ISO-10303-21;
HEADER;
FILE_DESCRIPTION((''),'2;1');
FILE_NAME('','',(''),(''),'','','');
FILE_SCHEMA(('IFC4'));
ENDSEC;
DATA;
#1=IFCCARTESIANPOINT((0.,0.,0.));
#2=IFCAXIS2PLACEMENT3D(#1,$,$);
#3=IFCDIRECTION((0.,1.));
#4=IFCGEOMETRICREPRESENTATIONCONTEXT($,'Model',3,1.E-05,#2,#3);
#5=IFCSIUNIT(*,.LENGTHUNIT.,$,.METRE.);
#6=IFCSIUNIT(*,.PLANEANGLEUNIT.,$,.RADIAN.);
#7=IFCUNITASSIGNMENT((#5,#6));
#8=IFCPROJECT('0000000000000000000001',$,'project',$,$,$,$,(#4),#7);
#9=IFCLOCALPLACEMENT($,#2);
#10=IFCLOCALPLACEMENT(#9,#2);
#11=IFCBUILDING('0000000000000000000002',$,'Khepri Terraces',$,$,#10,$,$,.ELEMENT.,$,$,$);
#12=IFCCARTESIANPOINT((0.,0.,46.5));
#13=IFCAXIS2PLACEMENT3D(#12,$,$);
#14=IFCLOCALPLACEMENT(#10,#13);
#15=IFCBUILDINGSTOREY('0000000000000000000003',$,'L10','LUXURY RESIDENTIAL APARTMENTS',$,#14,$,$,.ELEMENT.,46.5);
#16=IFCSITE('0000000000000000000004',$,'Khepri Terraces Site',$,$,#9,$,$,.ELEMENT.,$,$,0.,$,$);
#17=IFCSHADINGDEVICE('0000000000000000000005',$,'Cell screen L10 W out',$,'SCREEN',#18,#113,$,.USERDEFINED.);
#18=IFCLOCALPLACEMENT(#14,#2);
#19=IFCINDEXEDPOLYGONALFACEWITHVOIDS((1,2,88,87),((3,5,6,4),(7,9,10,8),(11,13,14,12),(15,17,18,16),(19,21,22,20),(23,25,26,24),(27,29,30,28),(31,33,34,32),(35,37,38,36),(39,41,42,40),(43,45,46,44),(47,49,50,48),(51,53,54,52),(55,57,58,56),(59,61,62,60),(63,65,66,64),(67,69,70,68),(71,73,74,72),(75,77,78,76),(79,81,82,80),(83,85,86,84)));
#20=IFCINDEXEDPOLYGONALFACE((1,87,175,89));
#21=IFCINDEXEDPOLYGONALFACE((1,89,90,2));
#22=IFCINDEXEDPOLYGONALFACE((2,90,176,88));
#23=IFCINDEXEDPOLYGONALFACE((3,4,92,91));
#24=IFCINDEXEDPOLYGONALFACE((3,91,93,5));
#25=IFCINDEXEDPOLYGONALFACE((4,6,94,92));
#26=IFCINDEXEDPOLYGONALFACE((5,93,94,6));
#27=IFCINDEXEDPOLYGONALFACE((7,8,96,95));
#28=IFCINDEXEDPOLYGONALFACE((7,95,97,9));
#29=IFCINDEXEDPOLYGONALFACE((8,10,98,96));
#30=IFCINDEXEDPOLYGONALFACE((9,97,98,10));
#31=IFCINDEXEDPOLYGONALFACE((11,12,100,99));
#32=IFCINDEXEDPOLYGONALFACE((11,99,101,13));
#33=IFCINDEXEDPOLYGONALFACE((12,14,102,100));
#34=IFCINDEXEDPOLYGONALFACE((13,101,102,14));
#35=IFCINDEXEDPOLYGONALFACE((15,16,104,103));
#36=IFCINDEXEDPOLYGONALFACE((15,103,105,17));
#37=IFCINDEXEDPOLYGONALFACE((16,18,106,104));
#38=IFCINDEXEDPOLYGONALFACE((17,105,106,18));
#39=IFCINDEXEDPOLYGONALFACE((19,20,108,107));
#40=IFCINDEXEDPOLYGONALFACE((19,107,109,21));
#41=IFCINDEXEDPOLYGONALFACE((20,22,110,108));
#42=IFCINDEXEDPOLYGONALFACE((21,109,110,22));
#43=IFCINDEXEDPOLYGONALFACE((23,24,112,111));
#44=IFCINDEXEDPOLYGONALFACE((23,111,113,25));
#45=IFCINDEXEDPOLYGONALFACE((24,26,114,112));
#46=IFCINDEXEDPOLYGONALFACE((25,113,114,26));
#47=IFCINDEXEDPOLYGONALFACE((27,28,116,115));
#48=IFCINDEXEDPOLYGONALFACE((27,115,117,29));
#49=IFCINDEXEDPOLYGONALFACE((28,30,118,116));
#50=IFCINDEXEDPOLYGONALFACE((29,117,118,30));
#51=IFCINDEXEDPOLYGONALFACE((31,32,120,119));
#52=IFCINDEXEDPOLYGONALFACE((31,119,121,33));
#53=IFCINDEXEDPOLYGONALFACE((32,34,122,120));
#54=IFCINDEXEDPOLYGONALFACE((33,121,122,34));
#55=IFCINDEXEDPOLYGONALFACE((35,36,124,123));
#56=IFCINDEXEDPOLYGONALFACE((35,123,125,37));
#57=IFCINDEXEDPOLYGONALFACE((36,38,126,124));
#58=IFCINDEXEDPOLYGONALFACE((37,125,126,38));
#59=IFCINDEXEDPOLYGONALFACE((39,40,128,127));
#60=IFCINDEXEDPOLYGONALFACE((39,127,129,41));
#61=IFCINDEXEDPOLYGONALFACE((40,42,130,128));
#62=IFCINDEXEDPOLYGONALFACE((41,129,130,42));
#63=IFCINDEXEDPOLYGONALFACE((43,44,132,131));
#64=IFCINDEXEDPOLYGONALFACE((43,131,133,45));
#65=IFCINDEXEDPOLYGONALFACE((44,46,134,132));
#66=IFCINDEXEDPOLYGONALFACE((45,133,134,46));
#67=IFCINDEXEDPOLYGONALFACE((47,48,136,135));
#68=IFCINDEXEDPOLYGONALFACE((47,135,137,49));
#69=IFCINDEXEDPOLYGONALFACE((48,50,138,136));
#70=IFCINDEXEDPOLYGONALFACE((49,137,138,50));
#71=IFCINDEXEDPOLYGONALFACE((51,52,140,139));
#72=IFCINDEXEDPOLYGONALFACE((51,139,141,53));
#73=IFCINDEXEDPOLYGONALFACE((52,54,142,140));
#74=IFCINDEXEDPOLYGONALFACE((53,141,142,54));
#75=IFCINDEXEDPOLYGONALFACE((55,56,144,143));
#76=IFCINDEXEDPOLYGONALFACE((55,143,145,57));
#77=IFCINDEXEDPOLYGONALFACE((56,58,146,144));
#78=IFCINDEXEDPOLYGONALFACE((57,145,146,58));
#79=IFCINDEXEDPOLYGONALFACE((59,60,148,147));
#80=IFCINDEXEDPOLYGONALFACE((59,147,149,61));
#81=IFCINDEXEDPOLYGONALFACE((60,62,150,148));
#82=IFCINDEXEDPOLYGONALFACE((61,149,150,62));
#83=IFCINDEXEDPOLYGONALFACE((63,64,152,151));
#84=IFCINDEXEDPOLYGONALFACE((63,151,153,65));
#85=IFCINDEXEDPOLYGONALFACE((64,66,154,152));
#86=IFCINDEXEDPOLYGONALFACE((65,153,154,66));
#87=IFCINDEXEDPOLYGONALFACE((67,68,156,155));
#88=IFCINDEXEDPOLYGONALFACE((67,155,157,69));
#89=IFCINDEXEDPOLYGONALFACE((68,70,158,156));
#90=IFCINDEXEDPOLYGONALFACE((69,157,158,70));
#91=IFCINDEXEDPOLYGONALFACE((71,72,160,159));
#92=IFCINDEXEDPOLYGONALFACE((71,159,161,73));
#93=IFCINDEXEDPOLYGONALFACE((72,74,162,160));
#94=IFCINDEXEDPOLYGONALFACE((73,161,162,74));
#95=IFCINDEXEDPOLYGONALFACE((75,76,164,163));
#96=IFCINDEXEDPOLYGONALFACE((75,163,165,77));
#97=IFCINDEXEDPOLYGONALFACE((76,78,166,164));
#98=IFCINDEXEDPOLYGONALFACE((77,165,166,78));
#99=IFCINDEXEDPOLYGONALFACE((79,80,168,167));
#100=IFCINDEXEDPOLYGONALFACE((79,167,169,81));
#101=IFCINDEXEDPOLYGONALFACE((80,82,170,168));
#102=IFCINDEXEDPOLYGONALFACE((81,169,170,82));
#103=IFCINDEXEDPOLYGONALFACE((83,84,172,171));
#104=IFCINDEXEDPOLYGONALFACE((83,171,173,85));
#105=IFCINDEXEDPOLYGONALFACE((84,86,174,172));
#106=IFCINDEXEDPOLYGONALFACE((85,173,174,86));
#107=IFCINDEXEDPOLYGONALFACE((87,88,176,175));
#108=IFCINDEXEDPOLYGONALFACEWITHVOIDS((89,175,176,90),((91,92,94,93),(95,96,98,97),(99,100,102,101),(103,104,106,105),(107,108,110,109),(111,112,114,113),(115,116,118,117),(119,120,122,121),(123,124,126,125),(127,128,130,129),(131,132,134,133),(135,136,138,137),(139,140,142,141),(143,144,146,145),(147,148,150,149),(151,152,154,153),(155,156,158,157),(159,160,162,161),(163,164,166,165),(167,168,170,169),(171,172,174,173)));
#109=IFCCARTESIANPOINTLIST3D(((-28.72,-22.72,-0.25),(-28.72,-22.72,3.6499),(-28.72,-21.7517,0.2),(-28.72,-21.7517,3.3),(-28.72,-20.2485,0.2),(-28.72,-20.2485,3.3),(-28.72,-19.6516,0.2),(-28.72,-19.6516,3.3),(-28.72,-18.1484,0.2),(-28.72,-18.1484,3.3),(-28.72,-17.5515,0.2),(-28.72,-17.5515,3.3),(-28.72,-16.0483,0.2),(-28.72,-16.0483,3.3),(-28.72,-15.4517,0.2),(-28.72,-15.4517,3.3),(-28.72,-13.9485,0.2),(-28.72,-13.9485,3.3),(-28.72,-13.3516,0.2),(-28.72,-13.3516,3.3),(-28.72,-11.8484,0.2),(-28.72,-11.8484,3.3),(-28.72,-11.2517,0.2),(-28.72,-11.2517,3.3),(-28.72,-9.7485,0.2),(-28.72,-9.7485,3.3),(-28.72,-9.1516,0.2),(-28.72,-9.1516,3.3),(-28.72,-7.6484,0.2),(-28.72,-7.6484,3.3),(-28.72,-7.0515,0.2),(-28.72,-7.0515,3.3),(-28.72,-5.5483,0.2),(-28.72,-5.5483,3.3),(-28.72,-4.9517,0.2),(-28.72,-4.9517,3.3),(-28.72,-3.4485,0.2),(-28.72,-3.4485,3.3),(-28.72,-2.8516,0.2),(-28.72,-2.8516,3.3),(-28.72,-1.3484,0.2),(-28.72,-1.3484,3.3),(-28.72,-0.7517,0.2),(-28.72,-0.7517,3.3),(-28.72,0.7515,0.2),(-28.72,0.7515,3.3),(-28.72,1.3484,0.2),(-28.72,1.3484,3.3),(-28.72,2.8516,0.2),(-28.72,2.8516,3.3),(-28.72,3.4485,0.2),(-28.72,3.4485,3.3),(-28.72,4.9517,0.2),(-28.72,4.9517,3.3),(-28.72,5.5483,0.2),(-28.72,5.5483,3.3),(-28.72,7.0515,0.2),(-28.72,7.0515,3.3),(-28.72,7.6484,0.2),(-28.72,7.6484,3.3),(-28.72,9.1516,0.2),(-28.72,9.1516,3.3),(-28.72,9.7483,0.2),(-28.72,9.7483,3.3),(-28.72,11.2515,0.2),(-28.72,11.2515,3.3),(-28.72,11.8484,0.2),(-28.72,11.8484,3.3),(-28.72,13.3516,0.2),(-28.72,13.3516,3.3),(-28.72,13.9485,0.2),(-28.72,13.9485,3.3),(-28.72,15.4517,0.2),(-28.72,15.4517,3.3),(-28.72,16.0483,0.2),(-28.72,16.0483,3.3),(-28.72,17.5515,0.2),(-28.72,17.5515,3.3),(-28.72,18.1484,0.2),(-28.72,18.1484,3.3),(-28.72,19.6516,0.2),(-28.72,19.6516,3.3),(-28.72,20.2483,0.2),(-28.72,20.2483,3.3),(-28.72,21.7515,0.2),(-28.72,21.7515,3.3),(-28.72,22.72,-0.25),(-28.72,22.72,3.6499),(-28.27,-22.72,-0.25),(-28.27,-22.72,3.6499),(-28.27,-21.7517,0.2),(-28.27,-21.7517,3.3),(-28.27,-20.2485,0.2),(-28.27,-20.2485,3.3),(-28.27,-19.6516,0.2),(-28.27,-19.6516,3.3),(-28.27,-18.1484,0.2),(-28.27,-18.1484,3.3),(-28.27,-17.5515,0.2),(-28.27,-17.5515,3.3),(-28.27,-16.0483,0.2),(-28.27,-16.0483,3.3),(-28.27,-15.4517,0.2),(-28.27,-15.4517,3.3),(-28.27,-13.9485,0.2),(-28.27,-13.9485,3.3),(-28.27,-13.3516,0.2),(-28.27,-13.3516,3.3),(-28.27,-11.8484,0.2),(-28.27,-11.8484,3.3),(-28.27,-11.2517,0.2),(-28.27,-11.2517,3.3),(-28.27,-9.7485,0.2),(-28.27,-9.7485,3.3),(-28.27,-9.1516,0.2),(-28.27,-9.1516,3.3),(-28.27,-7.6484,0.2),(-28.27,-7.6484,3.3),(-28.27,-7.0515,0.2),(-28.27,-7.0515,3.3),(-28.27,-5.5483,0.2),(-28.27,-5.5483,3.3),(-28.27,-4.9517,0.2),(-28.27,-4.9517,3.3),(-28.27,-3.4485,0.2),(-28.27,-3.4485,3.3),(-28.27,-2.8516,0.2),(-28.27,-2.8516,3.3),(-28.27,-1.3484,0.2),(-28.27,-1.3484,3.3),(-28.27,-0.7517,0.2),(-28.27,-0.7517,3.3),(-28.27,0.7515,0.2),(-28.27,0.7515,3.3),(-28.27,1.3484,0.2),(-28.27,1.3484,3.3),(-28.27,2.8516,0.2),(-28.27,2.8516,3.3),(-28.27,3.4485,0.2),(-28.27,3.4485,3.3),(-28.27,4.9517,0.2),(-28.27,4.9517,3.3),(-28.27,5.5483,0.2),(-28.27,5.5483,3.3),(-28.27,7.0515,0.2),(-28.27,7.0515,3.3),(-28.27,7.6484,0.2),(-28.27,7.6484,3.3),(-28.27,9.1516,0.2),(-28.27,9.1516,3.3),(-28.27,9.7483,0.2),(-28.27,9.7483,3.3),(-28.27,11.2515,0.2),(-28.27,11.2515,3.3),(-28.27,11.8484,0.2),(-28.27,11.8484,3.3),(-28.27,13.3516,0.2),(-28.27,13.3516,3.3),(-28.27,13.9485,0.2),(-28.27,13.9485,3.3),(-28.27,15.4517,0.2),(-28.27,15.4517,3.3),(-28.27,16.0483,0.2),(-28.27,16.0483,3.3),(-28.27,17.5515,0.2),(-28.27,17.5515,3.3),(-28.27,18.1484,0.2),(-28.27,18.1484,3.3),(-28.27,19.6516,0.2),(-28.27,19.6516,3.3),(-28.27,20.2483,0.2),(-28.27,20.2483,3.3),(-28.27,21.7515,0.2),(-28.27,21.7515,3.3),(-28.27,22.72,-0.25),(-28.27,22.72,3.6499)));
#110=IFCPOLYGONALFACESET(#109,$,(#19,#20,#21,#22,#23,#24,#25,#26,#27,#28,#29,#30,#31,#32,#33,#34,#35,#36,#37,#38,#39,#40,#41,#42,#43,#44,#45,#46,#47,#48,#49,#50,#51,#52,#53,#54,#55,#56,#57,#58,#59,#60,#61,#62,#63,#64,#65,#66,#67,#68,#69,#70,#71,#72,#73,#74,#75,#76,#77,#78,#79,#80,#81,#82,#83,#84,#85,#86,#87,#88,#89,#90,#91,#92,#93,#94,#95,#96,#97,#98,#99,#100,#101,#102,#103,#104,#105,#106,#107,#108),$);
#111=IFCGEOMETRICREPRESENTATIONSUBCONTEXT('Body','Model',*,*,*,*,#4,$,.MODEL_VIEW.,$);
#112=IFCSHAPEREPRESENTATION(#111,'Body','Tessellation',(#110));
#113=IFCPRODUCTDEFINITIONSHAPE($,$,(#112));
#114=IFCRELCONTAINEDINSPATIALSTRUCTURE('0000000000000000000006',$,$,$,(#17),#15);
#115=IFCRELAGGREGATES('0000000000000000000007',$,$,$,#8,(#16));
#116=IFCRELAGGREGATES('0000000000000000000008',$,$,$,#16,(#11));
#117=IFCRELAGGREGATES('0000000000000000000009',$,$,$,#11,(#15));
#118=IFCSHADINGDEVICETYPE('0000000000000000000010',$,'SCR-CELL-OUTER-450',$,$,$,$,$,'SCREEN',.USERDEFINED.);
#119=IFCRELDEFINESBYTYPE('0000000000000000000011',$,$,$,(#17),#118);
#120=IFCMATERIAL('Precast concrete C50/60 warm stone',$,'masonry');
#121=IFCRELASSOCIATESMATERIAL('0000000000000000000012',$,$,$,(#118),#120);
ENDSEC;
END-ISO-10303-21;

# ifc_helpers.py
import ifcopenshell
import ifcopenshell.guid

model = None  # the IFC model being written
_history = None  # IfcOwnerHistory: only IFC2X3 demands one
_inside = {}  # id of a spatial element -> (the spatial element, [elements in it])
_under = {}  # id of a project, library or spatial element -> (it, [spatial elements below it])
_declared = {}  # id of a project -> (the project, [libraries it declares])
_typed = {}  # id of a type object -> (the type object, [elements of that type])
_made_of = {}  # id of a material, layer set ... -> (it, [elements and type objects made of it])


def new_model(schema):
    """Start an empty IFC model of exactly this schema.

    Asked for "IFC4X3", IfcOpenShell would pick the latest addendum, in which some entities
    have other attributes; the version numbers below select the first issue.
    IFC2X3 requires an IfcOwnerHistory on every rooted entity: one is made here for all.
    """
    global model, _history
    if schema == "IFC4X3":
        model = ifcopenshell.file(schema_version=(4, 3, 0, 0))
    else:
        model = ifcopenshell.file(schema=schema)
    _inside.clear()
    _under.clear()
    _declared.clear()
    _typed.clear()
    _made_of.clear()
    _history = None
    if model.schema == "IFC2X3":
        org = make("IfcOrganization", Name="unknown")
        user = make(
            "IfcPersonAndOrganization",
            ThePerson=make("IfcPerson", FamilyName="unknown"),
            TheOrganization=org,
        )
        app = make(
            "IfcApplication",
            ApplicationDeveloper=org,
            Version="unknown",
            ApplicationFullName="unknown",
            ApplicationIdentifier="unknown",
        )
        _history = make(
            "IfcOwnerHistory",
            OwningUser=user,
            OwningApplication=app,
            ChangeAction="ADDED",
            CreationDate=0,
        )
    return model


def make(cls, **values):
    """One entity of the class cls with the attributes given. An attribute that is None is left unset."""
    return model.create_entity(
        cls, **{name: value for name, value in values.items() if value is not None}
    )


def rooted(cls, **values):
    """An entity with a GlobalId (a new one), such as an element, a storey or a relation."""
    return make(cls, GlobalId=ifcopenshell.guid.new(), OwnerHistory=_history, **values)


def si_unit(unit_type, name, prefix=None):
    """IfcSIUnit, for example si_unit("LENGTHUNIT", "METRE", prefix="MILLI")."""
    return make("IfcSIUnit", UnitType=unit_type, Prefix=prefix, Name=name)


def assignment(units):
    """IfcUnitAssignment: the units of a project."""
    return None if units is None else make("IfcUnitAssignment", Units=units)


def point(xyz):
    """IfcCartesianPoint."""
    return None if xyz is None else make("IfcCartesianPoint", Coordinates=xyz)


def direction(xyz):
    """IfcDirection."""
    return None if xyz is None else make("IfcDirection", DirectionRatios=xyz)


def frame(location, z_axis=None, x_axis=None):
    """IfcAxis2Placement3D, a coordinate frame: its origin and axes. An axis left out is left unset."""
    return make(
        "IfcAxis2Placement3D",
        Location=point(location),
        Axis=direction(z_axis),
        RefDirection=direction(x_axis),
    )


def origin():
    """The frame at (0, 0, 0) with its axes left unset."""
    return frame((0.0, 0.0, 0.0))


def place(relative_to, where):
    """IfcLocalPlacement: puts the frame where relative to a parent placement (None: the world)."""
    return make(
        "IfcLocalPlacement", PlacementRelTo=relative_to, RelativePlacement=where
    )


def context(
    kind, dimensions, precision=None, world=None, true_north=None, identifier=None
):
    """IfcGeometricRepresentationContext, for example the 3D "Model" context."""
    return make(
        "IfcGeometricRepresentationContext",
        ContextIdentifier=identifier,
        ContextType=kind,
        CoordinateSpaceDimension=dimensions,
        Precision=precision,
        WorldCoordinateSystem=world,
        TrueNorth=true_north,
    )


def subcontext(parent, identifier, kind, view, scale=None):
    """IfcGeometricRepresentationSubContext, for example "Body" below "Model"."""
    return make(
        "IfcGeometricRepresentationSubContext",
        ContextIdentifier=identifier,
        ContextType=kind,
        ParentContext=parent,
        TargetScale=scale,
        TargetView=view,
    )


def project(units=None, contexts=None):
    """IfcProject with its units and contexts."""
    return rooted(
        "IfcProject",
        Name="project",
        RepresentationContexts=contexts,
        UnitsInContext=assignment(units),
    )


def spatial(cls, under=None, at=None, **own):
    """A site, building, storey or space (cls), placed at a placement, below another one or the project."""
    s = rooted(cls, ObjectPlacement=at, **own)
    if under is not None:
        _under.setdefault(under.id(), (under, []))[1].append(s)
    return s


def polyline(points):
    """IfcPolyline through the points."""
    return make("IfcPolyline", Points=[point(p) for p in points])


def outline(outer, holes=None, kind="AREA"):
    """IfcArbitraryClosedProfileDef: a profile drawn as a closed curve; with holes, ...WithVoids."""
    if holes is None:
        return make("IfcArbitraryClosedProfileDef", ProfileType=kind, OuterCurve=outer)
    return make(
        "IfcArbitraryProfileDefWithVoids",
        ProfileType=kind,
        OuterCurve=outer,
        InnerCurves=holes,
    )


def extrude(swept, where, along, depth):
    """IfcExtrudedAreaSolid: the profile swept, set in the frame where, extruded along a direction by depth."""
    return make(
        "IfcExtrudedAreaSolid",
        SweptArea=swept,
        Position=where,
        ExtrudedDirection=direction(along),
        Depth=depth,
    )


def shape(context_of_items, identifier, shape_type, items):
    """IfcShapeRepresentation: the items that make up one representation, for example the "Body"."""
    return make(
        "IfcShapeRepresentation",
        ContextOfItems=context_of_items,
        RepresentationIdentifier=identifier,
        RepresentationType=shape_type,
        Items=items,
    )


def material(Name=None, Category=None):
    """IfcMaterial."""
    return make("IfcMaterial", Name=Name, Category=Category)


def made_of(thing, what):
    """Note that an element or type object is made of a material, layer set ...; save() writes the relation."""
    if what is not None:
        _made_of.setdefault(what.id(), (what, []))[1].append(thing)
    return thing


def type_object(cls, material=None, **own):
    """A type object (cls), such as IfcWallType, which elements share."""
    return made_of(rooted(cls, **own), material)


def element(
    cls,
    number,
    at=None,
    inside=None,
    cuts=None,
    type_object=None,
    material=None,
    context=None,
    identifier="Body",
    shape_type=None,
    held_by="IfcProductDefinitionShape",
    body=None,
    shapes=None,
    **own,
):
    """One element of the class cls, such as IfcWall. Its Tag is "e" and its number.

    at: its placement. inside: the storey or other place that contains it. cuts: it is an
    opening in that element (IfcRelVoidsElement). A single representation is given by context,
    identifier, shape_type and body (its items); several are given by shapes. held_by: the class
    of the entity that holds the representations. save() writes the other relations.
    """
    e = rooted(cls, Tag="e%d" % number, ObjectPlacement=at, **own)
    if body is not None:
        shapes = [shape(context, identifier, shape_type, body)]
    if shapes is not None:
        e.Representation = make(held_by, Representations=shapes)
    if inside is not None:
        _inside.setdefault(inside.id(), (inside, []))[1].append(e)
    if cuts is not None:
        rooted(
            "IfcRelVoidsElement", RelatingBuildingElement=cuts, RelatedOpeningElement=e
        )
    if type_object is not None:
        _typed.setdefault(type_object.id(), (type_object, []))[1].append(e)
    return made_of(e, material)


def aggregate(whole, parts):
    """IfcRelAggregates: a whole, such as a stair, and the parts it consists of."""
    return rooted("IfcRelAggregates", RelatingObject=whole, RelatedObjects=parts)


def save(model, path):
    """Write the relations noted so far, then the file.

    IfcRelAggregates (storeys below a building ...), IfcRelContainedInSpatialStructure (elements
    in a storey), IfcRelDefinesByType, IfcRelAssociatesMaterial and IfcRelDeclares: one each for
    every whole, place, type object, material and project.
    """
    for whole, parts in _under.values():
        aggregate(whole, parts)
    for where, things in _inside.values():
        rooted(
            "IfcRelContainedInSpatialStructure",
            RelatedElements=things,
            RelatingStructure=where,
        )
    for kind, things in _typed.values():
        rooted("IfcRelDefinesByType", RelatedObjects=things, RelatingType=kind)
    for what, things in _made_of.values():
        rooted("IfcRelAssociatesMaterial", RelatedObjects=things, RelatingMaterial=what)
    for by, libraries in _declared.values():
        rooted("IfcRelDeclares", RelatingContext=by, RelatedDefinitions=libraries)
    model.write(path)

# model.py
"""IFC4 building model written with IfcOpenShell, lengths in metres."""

from ifc_helpers import new_model, si_unit, direction, frame, origin, place, context, subcontext, project, spatial, polyline, outline, extrude, material, type_object, element, save


model = new_model("IFC4")

# Units and contexts
model_context = context("Model", 3, precision=1e-05, world=origin(), true_north=direction((0.0, 1.0)))
body_context = subcontext(model_context, "Body", "Model", "MODEL_VIEW")
ifc_project = project(units=[si_unit("LENGTHUNIT", "METRE"), si_unit("PLANEANGLEUNIT", "RADIAN")], contexts=[model_context])

# Site, building, storey
site_placement = place(None, origin())
site = spatial("IfcSite", under=ifc_project, at=site_placement, Name="Khepri Terraces Site", CompositionType="ELEMENT", RefElevation=0.0)
building_placement = place(site_placement, origin())
building = spatial("IfcBuilding", under=site, at=building_placement, Name="Khepri Terraces", CompositionType="ELEMENT")
storey_placement = place(building_placement, frame((0.0, 0.0, 46.5)))
storey = spatial("IfcBuildingStorey", under=building, at=storey_placement, Name="L10", Description="LUXURY RESIDENTIAL APARTMENTS", CompositionType="ELEMENT", Elevation=46.5)

# Shared definitions
ifc_material_1 = material(Name="Precast concrete C50/60 warm stone", Category="masonry")

# Shading device
shading_device_type_1 = type_object("IfcShadingDeviceType", Name="SCR-CELL-OUTER-450", ElementType="SCREEN", PredefinedType="USERDEFINED", material=ifc_material_1)
shading_device_1_placement = place(storey_placement, frame((-28.27, 22.72, -0.25), z_axis=(-1.0, 0.0, 0.0), x_axis=(0.0, -1.0, 0.0)))
element("IfcShadingDevice", 1, at=shading_device_1_placement, inside=storey, type_object=shading_device_type_1, Name="Cell screen L10 W out", ObjectType="SCREEN", PredefinedType="USERDEFINED", context=body_context, shape_type="SweptSolid", body=[
    extrude(outline(polyline([(0.0, 0.0), (45.4399, 0.0), (45.4399, 3.8999), (0.0, 3.8999), (0.0, 0.0)]), holes=[polyline([(0.9685, 0.45), (2.4717, 0.45), (2.4717, 3.55), (0.9685, 3.55), (0.9685, 0.45)]), polyline([(3.0684, 0.45), (4.5715, 0.45), (4.5715, 3.55), (3.0684, 3.55), (3.0684, 0.45)]), polyline([(5.1685, 0.45), (6.6716, 0.45), (6.6716, 3.55), (5.1685, 3.55), (5.1685, 0.45)]), polyline([(7.2683, 0.45), (8.7715, 0.45), (8.7715, 3.55), (7.2683, 3.55), (7.2683, 0.45)]), polyline([(9.3684, 0.45), (10.8716, 0.45), (10.8716, 3.55), (9.3684, 3.55), (9.3684, 0.45)]), polyline([(11.4685, 0.45), (12.9717, 0.45), (12.9717, 3.55), (11.4685, 3.55), (11.4685, 0.45)]), polyline([(13.5684, 0.45), (15.0715, 0.45), (15.0715, 3.55), (13.5684, 3.55), (13.5684, 0.45)]), polyline([(15.6685, 0.45), (17.1716, 0.45), (17.1716, 3.55), (15.6685, 3.55), (15.6685, 0.45)]), polyline([(17.7683, 0.45), (19.2715, 0.45), (19.2715, 3.55), (17.7683, 3.55), (17.7683, 0.45)]), polyline([(19.8684, 0.45), (21.3716, 0.45), (21.3716, 3.55), (19.8684, 3.55), (19.8684, 0.45)]), polyline([(21.9685, 0.45), (23.4717, 0.45), (23.4717, 3.55), (21.9685, 3.55), (21.9685, 0.45)]), polyline([(24.0684, 0.45), (25.5715, 0.45), (25.5715, 3.55), (24.0684, 3.55), (24.0684, 0.45)]), polyline([(26.1685, 0.45), (27.6716, 0.45), (27.6716, 3.55), (26.1685, 3.55), (26.1685, 0.45)]), polyline([(28.2683, 0.45), (29.7715, 0.45), (29.7715, 3.55), (28.2683, 3.55), (28.2683, 0.45)]), polyline([(30.3684, 0.45), (31.8716, 0.45), (31.8716, 3.55), (30.3684, 3.55), (30.3684, 0.45)]), polyline([(32.4685, 0.45), (33.9717, 0.45), (33.9717, 3.55), (32.4685, 3.55), (32.4685, 0.45)]), polyline([(34.5684, 0.45), (36.0715, 0.45), (36.0715, 3.55), (34.5684, 3.55), (34.5684, 0.45)]), polyline([(36.6685, 0.45), (38.1716, 0.45), (38.1716, 3.55), (36.6685, 3.55), (36.6685, 0.45)]), polyline([(38.7683, 0.45), (40.2715, 0.45), (40.2715, 3.55), (38.7683, 3.55), (38.7683, 0.45)]), polyline([(40.8684, 0.45), (42.3716, 0.45), (42.3716, 3.55), (40.8684, 3.55), (40.8684, 0.45)]), polyline([(42.9685, 0.45), (44.4717, 0.45), (44.4717, 3.55), (42.9685, 3.55), (42.9685, 0.45)])]), origin(), (0.0, 0.0, 1.0), 0.45),
])

save(model, "model.ifc")
